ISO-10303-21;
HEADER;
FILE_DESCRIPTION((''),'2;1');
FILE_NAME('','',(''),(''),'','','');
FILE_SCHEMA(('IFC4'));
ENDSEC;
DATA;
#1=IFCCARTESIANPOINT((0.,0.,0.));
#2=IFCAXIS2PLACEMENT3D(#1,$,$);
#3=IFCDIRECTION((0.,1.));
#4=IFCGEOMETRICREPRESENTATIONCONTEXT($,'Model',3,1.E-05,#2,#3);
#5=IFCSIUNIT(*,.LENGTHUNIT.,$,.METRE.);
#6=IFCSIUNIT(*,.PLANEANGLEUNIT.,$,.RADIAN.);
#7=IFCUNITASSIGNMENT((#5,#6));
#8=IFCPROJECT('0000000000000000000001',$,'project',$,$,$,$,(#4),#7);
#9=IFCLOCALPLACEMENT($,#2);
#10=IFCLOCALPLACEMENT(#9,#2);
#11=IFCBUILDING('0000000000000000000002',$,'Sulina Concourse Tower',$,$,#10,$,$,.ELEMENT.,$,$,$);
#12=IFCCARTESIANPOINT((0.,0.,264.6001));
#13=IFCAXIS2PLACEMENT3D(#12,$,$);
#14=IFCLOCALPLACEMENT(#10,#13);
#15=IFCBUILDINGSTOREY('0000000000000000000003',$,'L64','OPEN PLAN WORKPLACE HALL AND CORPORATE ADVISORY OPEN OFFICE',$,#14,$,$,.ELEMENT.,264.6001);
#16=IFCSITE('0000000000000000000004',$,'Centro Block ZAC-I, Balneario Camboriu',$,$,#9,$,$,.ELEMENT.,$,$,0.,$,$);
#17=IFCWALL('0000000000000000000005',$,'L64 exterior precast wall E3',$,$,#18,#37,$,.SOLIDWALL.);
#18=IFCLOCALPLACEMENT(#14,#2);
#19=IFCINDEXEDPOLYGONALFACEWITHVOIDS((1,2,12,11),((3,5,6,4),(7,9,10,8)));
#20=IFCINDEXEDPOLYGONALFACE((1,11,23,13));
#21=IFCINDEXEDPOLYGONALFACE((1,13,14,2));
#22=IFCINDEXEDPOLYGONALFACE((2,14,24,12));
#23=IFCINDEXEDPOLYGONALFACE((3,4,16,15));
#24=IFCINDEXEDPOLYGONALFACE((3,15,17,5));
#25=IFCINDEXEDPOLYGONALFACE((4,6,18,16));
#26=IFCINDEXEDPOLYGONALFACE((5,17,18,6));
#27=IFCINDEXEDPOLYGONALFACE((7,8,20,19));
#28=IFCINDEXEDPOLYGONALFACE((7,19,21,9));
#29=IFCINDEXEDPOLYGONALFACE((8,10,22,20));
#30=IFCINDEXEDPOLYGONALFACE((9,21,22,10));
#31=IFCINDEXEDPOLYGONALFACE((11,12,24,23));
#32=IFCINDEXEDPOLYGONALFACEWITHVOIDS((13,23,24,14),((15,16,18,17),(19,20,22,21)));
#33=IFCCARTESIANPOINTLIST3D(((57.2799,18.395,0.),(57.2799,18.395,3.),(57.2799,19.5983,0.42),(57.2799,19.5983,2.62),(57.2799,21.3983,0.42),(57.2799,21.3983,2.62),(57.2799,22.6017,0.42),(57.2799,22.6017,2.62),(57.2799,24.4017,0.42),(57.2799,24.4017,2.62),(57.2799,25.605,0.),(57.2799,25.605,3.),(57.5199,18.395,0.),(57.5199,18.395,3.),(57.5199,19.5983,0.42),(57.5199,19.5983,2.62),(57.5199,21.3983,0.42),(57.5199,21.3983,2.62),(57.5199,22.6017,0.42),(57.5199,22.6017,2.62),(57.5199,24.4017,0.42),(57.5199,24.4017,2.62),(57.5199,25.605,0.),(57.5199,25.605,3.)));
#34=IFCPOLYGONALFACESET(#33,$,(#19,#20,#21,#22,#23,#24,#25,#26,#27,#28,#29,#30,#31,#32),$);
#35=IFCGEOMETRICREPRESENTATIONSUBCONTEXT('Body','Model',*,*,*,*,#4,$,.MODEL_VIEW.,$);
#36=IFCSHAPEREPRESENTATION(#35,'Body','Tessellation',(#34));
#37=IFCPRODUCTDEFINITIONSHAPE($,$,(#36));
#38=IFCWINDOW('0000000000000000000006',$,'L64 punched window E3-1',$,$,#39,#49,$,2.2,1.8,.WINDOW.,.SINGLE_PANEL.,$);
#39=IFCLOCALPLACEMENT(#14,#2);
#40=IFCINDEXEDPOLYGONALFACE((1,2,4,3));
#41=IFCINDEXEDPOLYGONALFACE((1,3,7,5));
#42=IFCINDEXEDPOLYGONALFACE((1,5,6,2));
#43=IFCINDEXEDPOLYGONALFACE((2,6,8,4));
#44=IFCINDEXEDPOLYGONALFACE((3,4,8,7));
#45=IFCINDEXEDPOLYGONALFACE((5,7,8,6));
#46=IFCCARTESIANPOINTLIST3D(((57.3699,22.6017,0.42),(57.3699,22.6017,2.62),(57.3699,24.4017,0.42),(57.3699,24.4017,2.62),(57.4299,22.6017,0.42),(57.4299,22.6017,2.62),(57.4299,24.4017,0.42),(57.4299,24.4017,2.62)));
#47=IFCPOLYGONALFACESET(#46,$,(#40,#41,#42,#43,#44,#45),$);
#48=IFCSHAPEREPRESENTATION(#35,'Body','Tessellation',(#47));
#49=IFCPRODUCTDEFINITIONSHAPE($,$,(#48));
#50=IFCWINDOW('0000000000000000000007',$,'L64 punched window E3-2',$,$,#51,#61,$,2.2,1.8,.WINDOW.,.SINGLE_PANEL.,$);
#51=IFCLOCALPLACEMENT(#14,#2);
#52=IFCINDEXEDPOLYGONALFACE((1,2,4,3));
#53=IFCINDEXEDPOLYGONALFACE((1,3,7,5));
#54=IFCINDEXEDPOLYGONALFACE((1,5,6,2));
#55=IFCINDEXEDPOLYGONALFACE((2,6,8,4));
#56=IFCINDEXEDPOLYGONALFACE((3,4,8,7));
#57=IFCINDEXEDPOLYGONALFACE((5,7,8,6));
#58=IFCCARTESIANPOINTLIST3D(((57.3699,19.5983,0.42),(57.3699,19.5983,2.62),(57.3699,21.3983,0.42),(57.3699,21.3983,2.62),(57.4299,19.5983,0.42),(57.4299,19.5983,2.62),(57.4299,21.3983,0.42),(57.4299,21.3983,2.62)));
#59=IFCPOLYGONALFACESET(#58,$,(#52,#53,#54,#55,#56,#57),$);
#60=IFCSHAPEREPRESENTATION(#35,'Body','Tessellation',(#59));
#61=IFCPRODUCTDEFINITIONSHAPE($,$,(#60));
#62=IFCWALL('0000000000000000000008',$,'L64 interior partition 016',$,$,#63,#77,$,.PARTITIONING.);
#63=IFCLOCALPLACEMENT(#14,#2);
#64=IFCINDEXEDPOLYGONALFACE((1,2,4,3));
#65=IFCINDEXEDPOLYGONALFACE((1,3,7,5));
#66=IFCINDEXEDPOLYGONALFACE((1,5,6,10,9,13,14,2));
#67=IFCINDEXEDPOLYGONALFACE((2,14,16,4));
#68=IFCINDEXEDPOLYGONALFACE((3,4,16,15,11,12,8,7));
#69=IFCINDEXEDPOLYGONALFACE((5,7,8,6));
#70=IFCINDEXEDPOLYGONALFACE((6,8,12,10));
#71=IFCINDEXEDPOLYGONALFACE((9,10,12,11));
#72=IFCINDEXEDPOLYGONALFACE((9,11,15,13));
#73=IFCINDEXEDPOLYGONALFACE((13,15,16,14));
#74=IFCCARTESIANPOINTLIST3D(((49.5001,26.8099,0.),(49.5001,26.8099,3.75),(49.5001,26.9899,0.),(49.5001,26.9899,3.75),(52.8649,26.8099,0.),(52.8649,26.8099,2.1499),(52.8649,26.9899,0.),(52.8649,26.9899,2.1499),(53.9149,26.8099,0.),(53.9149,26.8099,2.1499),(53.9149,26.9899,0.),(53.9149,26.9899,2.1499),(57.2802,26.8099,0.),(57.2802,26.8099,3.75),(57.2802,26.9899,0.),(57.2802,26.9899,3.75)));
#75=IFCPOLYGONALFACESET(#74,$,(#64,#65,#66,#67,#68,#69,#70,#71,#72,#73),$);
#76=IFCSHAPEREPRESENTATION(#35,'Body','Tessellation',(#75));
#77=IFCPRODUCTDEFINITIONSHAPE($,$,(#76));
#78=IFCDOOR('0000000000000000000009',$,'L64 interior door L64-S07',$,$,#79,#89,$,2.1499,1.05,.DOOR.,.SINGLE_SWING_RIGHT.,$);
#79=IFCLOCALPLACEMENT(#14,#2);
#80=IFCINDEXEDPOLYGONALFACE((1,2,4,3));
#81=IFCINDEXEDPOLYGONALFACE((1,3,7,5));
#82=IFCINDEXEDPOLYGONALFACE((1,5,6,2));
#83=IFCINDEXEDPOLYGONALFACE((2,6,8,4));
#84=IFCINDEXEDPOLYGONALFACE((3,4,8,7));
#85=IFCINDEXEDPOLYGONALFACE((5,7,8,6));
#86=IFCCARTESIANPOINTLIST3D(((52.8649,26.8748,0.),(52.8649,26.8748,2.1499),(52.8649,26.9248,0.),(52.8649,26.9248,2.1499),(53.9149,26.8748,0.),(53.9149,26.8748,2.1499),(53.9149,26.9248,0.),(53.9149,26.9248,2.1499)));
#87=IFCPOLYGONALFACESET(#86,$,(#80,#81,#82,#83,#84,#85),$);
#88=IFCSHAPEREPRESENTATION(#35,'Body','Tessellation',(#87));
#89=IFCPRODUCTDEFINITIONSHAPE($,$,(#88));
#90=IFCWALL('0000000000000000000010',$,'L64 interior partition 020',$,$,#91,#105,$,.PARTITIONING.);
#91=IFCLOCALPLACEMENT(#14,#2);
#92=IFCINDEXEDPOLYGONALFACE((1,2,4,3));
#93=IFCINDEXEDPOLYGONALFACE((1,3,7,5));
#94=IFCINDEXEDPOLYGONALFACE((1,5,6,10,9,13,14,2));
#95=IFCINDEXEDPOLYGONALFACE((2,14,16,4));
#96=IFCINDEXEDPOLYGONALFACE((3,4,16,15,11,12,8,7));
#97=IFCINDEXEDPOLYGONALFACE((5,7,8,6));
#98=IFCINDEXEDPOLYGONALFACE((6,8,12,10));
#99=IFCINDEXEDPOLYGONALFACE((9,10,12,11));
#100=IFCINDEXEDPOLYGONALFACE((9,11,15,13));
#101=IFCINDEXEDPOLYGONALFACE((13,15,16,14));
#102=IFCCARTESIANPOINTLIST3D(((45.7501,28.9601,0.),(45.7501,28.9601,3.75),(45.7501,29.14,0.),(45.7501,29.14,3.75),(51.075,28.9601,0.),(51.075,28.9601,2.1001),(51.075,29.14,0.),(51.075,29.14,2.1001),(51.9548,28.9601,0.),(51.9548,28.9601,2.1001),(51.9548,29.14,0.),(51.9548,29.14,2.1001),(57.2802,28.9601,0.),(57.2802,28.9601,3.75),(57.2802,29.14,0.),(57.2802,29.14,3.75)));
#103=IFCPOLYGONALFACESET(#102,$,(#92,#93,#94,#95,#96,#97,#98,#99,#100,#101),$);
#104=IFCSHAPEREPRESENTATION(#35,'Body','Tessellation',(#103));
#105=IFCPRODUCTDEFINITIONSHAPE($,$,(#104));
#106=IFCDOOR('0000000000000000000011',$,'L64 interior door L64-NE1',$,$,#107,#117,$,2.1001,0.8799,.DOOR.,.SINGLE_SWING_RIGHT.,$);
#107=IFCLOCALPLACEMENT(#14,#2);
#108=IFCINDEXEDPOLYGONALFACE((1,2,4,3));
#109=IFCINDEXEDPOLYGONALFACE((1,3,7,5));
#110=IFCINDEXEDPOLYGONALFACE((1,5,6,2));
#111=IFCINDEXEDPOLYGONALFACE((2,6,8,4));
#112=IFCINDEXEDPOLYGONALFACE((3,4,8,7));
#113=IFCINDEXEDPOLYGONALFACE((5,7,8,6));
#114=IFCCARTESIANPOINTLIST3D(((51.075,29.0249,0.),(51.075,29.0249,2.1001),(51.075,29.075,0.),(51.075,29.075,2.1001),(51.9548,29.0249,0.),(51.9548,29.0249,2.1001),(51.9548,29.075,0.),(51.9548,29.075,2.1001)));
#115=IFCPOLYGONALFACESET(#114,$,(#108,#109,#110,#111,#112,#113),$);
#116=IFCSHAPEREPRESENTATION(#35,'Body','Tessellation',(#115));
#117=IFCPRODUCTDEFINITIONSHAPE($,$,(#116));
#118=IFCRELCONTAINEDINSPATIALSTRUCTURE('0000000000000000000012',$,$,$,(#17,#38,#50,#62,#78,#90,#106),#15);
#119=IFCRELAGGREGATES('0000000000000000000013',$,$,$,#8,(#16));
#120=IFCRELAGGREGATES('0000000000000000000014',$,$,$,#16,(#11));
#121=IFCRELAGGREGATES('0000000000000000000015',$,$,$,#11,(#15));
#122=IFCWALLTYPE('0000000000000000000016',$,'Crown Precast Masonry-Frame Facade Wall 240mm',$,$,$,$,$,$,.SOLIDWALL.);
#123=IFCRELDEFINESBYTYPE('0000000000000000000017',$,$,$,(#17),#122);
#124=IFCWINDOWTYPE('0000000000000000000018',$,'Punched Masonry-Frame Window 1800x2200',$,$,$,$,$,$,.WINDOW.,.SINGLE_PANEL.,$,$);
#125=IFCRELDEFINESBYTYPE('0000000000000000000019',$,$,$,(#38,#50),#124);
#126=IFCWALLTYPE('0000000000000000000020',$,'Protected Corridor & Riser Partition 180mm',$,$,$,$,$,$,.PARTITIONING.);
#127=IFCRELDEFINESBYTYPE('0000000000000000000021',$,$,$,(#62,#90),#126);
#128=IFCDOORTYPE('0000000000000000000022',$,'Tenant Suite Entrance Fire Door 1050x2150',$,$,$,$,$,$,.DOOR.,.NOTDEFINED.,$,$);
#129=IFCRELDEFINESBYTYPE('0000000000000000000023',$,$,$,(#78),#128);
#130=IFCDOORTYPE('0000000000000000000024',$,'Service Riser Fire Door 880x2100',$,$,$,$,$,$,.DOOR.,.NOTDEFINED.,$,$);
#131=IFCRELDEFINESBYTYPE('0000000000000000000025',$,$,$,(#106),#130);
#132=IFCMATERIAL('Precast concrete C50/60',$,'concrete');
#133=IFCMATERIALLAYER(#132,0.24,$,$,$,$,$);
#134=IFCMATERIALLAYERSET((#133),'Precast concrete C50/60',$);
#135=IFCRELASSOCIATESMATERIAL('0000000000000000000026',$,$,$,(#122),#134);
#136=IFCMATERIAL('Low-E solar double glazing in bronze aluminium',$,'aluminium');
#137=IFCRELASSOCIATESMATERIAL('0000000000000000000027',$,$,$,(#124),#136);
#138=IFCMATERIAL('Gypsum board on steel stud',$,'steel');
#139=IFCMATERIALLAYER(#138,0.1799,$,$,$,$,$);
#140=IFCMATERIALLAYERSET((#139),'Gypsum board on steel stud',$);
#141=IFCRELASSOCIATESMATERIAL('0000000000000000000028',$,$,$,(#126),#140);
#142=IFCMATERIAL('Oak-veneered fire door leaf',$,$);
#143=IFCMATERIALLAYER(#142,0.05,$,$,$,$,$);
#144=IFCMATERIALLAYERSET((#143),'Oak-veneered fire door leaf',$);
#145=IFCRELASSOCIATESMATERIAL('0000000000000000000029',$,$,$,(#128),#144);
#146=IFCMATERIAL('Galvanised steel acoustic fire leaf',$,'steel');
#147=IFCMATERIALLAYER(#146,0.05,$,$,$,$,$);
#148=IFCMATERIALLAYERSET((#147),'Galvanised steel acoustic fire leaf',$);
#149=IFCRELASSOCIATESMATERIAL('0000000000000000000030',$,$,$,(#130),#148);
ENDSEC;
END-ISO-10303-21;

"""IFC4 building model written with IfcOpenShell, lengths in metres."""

from ifc_helpers import new_model, si_unit, direction, frame, frame_2d, origin, place, context, subcontext, project, spatial, rectangle, extrude, material, layer, layer_set, type_object, element, fill, save


model = new_model("IFC4")

# Units and contexts
model_context = context("Model", 3, precision=1e-05, world=origin(), true_north=direction((0.0, 1.0)))
body_context = subcontext(model_context, "Body", "Model", "MODEL_VIEW")
ifc_project = project(units=[si_unit("LENGTHUNIT", "METRE"), si_unit("PLANEANGLEUNIT", "RADIAN")], contexts=[model_context])

# Site, building, storey
site_placement = place(None, origin())
site = spatial("IfcSite", under=ifc_project, at=site_placement, Name="Centro Block ZAC-I, Balneario Camboriu", CompositionType="ELEMENT", RefElevation=0.0)
building_placement = place(site_placement, origin())
building = spatial("IfcBuilding", under=site, at=building_placement, Name="Sulina Concourse Tower", CompositionType="ELEMENT")
storey_placement = place(building_placement, frame((0.0, 0.0, 264.6001)))
storey = spatial("IfcBuildingStorey", under=building, at=storey_placement, Name="L64", Description="OPEN PLAN WORKPLACE HALL AND CORPORATE ADVISORY OPEN OFFICE", CompositionType="ELEMENT", Elevation=264.6001)

# Shared definitions
ifc_material_1 = material(Name="Precast concrete C50/60", Category="concrete")
ifc_layer_1 = layer(ifc_material_1, 0.24)
ifc_layer_set_1 = layer_set([ifc_layer_1], Name="Precast concrete C50/60")
wall_type_1 = type_object("IfcWallType", Name="Crown Precast Masonry-Frame Facade Wall 240mm", PredefinedType="SOLIDWALL", material=ifc_layer_set_1)
ifc_material_2 = material(Name="Low-E solar double glazing in bronze aluminium", Category="aluminium")
window_type = type_object("IfcWindowType", Name="Punched Masonry-Frame Window 1800x2200", PartitioningType="SINGLE_PANEL", PredefinedType="WINDOW", material=ifc_material_2)

# Wall, openings, windows
wall_1_placement = place(storey_placement, frame((57.3999, 25.605, 0.0), z_axis=(0.0, 0.0, 1.0), x_axis=(0.0, -1.0, 0.0)))
wall_1 = element("IfcWall", 1, at=wall_1_placement, inside=storey, type_object=wall_type_1, Name="L64 exterior precast wall E3", PredefinedType="SOLIDWALL", context=body_context, shape_type="SweptSolid", body=[
    extrude(rectangle(XDim=7.21, YDim=0.24, at=frame_2d((3.605, 0.0))), origin(), (0.0, 0.0, 1.0), 3.0),
])
opening_1_placement = place(wall_1_placement, frame((1.2034, 0.0, 0.4199)))
opening_1 = element("IfcOpeningElement", 2, at=opening_1_placement, cuts=wall_1, PredefinedType="OPENING", context=body_context, shape_type="SweptSolid", body=[
    extrude(rectangle(XDim=1.8, YDim=2.2, at=frame_2d((0.8999, 1.1001))), frame((0.0, 0.1299, 0.0), z_axis=(0.0, -1.0, 0.0), x_axis=(1.0, 0.0, 0.0)), (0.0, 0.0, 1.0), 0.26),
])
opening_2_placement = place(wall_1_placement, frame((4.2068, 0.0, 0.4199)))
opening_2 = element("IfcOpeningElement", 3, at=opening_2_placement, cuts=wall_1, PredefinedType="OPENING", context=body_context, shape_type="SweptSolid", body=[
    extrude(rectangle(XDim=1.8, YDim=2.2, at=frame_2d((0.8999, 1.1001))), frame((0.0, 0.1299, 0.0), z_axis=(0.0, -1.0, 0.0), x_axis=(1.0, 0.0, 0.0)), (0.0, 0.0, 1.0), 0.26),
])
window_1_placement = place(opening_1_placement, origin())
window_1 = element("IfcWindow", 4, at=window_1_placement, inside=storey, type_object=window_type, Name="L64 punched window E3-1", OverallHeight=2.2, OverallWidth=1.8, PartitioningType="SINGLE_PANEL", PredefinedType="WINDOW", context=body_context, shape_type="SweptSolid", body=[
    extrude(rectangle(XDim=1.8, YDim=2.2, at=frame_2d((0.8999, 1.1001))), frame((0.0, 0.03, 0.0), z_axis=(0.0, -1.0, 0.0), x_axis=(1.0, 0.0, 0.0)), (0.0, 0.0, 1.0), 0.0601),
])
fill(opening_1, window_1)
window_2_placement = place(opening_2_placement, origin())
window_2 = element("IfcWindow", 5, at=window_2_placement, inside=storey, type_object=window_type, Name="L64 punched window E3-2", OverallHeight=2.2, OverallWidth=1.8, PartitioningType="SINGLE_PANEL", PredefinedType="WINDOW", context=body_context, shape_type="SweptSolid", body=[
    extrude(rectangle(XDim=1.8, YDim=2.2, at=frame_2d((0.8999, 1.1001))), frame((0.0, 0.03, 0.0), z_axis=(0.0, -1.0, 0.0), x_axis=(1.0, 0.0, 0.0)), (0.0, 0.0, 1.0), 0.0601),
])
fill(opening_2, window_2)

# Walls, openings, doors
ifc_material_3 = material(Name="Gypsum board on steel stud", Category="steel")
ifc_layer_2 = layer(ifc_material_3, 0.1799)
ifc_layer_set_2 = layer_set([ifc_layer_2], Name="Gypsum board on steel stud")
wall_type_2 = type_object("IfcWallType", Name="Protected Corridor & Riser Partition 180mm", PredefinedType="PARTITIONING", material=ifc_layer_set_2)
wall_2_placement = place(storey_placement, frame((49.5, 26.8999, 0.0), z_axis=(0.0, 0.0, 1.0), x_axis=(1.0, 0.0, 0.0)))
wall_2 = element("IfcWall", 6, at=wall_2_placement, inside=storey, type_object=wall_type_2, Name="L64 interior partition 016", PredefinedType="PARTITIONING", context=body_context, shape_type="SweptSolid", body=[
    extrude(rectangle(XDim=7.78, YDim=0.1799, at=frame_2d((3.8901, 0.0))), origin(), (0.0, 0.0, 1.0), 3.75),
])
opening_3_placement = place(wall_2_placement, frame((3.365, 0.0, 0.0)))
opening_3 = element("IfcOpeningElement", 7, at=opening_3_placement, cuts=wall_2, PredefinedType="OPENING", context=body_context, shape_type="SweptSolid", body=[
    extrude(rectangle(XDim=1.05, YDim=2.1499, at=frame_2d((0.5249, 1.075))), frame((0.0, 0.0999, 0.0), z_axis=(0.0, -1.0, 0.0), x_axis=(1.0, 0.0, 0.0)), (0.0, 0.0, 1.0), 0.2),
])
ifc_material_4 = material(Name="Oak-veneered fire door leaf")
ifc_layer_3 = layer(ifc_material_4, 0.05)
ifc_layer_set_3 = layer_set([ifc_layer_3], Name="Oak-veneered fire door leaf")
door_type_1 = type_object("IfcDoorType", Name="Tenant Suite Entrance Fire Door 1050x2150", OperationType="NOTDEFINED", PredefinedType="DOOR", material=ifc_layer_set_3)
door_1_placement = place(opening_3_placement, origin())
door_1 = element("IfcDoor", 8, at=door_1_placement, inside=storey, type_object=door_type_1, Name="L64 interior door L64-S07", OperationType="SINGLE_SWING_RIGHT", OverallHeight=2.1499, OverallWidth=1.05, PredefinedType="DOOR", context=body_context, shape_type="SweptSolid", body=[
    extrude(rectangle(XDim=1.05, YDim=2.1499, at=frame_2d((0.5249, 1.075))), frame((0.0, 0.0249, 0.0), z_axis=(0.0, -1.0, 0.0), x_axis=(1.0, 0.0, 0.0)), (0.0, 0.0, 1.0), 0.05),
])
fill(opening_3, door_1)
wall_3_placement = place(storey_placement, frame((45.75, 29.05, 0.0), z_axis=(0.0, 0.0, 1.0), x_axis=(1.0, 0.0, 0.0)))
wall_3 = element("IfcWall", 9, at=wall_3_placement, inside=storey, type_object=wall_type_2, Name="L64 interior partition 020", PredefinedType="PARTITIONING", context=body_context, shape_type="SweptSolid", body=[
    extrude(rectangle(XDim=11.53, YDim=0.1799, at=frame_2d((5.7651, 0.0))), origin(), (0.0, 0.0, 1.0), 3.75),
])
opening_4_placement = place(wall_3_placement, frame((5.325, 0.0, 0.0)))
opening_4 = element("IfcOpeningElement", 10, at=opening_4_placement, cuts=wall_3, PredefinedType="OPENING", context=body_context, shape_type="SweptSolid", body=[
    extrude(rectangle(XDim=0.8799, YDim=2.1001, at=frame_2d((0.4399, 1.05))), frame((0.0, 0.0999, 0.0), z_axis=(0.0, -1.0, 0.0), x_axis=(1.0, 0.0, 0.0)), (0.0, 0.0, 1.0), 0.2),
])
ifc_material_5 = material(Name="Galvanised steel acoustic fire leaf", Category="steel")
ifc_layer_4 = layer(ifc_material_5, 0.05)
ifc_layer_set_4 = layer_set([ifc_layer_4], Name="Galvanised steel acoustic fire leaf")
door_type_2 = type_object("IfcDoorType", Name="Service Riser Fire Door 880x2100", OperationType="NOTDEFINED", PredefinedType="DOOR", material=ifc_layer_set_4)
door_2_placement = place(opening_4_placement, origin())
door_2 = element("IfcDoor", 11, at=door_2_placement, inside=storey, type_object=door_type_2, Name="L64 interior door L64-NE1", OperationType="SINGLE_SWING_RIGHT", OverallHeight=2.1001, OverallWidth=0.8799, PredefinedType="DOOR", context=body_context, shape_type="SweptSolid", body=[
    extrude(rectangle(XDim=0.8799, YDim=2.1001, at=frame_2d((0.4399, 1.05))), frame((0.0, 0.0249, 0.0), z_axis=(0.0, -1.0, 0.0), x_axis=(1.0, 0.0, 0.0)), (0.0, 0.0, 1.0), 0.05),
])
fill(opening_4, door_2)

save(model, "model.ifc")
